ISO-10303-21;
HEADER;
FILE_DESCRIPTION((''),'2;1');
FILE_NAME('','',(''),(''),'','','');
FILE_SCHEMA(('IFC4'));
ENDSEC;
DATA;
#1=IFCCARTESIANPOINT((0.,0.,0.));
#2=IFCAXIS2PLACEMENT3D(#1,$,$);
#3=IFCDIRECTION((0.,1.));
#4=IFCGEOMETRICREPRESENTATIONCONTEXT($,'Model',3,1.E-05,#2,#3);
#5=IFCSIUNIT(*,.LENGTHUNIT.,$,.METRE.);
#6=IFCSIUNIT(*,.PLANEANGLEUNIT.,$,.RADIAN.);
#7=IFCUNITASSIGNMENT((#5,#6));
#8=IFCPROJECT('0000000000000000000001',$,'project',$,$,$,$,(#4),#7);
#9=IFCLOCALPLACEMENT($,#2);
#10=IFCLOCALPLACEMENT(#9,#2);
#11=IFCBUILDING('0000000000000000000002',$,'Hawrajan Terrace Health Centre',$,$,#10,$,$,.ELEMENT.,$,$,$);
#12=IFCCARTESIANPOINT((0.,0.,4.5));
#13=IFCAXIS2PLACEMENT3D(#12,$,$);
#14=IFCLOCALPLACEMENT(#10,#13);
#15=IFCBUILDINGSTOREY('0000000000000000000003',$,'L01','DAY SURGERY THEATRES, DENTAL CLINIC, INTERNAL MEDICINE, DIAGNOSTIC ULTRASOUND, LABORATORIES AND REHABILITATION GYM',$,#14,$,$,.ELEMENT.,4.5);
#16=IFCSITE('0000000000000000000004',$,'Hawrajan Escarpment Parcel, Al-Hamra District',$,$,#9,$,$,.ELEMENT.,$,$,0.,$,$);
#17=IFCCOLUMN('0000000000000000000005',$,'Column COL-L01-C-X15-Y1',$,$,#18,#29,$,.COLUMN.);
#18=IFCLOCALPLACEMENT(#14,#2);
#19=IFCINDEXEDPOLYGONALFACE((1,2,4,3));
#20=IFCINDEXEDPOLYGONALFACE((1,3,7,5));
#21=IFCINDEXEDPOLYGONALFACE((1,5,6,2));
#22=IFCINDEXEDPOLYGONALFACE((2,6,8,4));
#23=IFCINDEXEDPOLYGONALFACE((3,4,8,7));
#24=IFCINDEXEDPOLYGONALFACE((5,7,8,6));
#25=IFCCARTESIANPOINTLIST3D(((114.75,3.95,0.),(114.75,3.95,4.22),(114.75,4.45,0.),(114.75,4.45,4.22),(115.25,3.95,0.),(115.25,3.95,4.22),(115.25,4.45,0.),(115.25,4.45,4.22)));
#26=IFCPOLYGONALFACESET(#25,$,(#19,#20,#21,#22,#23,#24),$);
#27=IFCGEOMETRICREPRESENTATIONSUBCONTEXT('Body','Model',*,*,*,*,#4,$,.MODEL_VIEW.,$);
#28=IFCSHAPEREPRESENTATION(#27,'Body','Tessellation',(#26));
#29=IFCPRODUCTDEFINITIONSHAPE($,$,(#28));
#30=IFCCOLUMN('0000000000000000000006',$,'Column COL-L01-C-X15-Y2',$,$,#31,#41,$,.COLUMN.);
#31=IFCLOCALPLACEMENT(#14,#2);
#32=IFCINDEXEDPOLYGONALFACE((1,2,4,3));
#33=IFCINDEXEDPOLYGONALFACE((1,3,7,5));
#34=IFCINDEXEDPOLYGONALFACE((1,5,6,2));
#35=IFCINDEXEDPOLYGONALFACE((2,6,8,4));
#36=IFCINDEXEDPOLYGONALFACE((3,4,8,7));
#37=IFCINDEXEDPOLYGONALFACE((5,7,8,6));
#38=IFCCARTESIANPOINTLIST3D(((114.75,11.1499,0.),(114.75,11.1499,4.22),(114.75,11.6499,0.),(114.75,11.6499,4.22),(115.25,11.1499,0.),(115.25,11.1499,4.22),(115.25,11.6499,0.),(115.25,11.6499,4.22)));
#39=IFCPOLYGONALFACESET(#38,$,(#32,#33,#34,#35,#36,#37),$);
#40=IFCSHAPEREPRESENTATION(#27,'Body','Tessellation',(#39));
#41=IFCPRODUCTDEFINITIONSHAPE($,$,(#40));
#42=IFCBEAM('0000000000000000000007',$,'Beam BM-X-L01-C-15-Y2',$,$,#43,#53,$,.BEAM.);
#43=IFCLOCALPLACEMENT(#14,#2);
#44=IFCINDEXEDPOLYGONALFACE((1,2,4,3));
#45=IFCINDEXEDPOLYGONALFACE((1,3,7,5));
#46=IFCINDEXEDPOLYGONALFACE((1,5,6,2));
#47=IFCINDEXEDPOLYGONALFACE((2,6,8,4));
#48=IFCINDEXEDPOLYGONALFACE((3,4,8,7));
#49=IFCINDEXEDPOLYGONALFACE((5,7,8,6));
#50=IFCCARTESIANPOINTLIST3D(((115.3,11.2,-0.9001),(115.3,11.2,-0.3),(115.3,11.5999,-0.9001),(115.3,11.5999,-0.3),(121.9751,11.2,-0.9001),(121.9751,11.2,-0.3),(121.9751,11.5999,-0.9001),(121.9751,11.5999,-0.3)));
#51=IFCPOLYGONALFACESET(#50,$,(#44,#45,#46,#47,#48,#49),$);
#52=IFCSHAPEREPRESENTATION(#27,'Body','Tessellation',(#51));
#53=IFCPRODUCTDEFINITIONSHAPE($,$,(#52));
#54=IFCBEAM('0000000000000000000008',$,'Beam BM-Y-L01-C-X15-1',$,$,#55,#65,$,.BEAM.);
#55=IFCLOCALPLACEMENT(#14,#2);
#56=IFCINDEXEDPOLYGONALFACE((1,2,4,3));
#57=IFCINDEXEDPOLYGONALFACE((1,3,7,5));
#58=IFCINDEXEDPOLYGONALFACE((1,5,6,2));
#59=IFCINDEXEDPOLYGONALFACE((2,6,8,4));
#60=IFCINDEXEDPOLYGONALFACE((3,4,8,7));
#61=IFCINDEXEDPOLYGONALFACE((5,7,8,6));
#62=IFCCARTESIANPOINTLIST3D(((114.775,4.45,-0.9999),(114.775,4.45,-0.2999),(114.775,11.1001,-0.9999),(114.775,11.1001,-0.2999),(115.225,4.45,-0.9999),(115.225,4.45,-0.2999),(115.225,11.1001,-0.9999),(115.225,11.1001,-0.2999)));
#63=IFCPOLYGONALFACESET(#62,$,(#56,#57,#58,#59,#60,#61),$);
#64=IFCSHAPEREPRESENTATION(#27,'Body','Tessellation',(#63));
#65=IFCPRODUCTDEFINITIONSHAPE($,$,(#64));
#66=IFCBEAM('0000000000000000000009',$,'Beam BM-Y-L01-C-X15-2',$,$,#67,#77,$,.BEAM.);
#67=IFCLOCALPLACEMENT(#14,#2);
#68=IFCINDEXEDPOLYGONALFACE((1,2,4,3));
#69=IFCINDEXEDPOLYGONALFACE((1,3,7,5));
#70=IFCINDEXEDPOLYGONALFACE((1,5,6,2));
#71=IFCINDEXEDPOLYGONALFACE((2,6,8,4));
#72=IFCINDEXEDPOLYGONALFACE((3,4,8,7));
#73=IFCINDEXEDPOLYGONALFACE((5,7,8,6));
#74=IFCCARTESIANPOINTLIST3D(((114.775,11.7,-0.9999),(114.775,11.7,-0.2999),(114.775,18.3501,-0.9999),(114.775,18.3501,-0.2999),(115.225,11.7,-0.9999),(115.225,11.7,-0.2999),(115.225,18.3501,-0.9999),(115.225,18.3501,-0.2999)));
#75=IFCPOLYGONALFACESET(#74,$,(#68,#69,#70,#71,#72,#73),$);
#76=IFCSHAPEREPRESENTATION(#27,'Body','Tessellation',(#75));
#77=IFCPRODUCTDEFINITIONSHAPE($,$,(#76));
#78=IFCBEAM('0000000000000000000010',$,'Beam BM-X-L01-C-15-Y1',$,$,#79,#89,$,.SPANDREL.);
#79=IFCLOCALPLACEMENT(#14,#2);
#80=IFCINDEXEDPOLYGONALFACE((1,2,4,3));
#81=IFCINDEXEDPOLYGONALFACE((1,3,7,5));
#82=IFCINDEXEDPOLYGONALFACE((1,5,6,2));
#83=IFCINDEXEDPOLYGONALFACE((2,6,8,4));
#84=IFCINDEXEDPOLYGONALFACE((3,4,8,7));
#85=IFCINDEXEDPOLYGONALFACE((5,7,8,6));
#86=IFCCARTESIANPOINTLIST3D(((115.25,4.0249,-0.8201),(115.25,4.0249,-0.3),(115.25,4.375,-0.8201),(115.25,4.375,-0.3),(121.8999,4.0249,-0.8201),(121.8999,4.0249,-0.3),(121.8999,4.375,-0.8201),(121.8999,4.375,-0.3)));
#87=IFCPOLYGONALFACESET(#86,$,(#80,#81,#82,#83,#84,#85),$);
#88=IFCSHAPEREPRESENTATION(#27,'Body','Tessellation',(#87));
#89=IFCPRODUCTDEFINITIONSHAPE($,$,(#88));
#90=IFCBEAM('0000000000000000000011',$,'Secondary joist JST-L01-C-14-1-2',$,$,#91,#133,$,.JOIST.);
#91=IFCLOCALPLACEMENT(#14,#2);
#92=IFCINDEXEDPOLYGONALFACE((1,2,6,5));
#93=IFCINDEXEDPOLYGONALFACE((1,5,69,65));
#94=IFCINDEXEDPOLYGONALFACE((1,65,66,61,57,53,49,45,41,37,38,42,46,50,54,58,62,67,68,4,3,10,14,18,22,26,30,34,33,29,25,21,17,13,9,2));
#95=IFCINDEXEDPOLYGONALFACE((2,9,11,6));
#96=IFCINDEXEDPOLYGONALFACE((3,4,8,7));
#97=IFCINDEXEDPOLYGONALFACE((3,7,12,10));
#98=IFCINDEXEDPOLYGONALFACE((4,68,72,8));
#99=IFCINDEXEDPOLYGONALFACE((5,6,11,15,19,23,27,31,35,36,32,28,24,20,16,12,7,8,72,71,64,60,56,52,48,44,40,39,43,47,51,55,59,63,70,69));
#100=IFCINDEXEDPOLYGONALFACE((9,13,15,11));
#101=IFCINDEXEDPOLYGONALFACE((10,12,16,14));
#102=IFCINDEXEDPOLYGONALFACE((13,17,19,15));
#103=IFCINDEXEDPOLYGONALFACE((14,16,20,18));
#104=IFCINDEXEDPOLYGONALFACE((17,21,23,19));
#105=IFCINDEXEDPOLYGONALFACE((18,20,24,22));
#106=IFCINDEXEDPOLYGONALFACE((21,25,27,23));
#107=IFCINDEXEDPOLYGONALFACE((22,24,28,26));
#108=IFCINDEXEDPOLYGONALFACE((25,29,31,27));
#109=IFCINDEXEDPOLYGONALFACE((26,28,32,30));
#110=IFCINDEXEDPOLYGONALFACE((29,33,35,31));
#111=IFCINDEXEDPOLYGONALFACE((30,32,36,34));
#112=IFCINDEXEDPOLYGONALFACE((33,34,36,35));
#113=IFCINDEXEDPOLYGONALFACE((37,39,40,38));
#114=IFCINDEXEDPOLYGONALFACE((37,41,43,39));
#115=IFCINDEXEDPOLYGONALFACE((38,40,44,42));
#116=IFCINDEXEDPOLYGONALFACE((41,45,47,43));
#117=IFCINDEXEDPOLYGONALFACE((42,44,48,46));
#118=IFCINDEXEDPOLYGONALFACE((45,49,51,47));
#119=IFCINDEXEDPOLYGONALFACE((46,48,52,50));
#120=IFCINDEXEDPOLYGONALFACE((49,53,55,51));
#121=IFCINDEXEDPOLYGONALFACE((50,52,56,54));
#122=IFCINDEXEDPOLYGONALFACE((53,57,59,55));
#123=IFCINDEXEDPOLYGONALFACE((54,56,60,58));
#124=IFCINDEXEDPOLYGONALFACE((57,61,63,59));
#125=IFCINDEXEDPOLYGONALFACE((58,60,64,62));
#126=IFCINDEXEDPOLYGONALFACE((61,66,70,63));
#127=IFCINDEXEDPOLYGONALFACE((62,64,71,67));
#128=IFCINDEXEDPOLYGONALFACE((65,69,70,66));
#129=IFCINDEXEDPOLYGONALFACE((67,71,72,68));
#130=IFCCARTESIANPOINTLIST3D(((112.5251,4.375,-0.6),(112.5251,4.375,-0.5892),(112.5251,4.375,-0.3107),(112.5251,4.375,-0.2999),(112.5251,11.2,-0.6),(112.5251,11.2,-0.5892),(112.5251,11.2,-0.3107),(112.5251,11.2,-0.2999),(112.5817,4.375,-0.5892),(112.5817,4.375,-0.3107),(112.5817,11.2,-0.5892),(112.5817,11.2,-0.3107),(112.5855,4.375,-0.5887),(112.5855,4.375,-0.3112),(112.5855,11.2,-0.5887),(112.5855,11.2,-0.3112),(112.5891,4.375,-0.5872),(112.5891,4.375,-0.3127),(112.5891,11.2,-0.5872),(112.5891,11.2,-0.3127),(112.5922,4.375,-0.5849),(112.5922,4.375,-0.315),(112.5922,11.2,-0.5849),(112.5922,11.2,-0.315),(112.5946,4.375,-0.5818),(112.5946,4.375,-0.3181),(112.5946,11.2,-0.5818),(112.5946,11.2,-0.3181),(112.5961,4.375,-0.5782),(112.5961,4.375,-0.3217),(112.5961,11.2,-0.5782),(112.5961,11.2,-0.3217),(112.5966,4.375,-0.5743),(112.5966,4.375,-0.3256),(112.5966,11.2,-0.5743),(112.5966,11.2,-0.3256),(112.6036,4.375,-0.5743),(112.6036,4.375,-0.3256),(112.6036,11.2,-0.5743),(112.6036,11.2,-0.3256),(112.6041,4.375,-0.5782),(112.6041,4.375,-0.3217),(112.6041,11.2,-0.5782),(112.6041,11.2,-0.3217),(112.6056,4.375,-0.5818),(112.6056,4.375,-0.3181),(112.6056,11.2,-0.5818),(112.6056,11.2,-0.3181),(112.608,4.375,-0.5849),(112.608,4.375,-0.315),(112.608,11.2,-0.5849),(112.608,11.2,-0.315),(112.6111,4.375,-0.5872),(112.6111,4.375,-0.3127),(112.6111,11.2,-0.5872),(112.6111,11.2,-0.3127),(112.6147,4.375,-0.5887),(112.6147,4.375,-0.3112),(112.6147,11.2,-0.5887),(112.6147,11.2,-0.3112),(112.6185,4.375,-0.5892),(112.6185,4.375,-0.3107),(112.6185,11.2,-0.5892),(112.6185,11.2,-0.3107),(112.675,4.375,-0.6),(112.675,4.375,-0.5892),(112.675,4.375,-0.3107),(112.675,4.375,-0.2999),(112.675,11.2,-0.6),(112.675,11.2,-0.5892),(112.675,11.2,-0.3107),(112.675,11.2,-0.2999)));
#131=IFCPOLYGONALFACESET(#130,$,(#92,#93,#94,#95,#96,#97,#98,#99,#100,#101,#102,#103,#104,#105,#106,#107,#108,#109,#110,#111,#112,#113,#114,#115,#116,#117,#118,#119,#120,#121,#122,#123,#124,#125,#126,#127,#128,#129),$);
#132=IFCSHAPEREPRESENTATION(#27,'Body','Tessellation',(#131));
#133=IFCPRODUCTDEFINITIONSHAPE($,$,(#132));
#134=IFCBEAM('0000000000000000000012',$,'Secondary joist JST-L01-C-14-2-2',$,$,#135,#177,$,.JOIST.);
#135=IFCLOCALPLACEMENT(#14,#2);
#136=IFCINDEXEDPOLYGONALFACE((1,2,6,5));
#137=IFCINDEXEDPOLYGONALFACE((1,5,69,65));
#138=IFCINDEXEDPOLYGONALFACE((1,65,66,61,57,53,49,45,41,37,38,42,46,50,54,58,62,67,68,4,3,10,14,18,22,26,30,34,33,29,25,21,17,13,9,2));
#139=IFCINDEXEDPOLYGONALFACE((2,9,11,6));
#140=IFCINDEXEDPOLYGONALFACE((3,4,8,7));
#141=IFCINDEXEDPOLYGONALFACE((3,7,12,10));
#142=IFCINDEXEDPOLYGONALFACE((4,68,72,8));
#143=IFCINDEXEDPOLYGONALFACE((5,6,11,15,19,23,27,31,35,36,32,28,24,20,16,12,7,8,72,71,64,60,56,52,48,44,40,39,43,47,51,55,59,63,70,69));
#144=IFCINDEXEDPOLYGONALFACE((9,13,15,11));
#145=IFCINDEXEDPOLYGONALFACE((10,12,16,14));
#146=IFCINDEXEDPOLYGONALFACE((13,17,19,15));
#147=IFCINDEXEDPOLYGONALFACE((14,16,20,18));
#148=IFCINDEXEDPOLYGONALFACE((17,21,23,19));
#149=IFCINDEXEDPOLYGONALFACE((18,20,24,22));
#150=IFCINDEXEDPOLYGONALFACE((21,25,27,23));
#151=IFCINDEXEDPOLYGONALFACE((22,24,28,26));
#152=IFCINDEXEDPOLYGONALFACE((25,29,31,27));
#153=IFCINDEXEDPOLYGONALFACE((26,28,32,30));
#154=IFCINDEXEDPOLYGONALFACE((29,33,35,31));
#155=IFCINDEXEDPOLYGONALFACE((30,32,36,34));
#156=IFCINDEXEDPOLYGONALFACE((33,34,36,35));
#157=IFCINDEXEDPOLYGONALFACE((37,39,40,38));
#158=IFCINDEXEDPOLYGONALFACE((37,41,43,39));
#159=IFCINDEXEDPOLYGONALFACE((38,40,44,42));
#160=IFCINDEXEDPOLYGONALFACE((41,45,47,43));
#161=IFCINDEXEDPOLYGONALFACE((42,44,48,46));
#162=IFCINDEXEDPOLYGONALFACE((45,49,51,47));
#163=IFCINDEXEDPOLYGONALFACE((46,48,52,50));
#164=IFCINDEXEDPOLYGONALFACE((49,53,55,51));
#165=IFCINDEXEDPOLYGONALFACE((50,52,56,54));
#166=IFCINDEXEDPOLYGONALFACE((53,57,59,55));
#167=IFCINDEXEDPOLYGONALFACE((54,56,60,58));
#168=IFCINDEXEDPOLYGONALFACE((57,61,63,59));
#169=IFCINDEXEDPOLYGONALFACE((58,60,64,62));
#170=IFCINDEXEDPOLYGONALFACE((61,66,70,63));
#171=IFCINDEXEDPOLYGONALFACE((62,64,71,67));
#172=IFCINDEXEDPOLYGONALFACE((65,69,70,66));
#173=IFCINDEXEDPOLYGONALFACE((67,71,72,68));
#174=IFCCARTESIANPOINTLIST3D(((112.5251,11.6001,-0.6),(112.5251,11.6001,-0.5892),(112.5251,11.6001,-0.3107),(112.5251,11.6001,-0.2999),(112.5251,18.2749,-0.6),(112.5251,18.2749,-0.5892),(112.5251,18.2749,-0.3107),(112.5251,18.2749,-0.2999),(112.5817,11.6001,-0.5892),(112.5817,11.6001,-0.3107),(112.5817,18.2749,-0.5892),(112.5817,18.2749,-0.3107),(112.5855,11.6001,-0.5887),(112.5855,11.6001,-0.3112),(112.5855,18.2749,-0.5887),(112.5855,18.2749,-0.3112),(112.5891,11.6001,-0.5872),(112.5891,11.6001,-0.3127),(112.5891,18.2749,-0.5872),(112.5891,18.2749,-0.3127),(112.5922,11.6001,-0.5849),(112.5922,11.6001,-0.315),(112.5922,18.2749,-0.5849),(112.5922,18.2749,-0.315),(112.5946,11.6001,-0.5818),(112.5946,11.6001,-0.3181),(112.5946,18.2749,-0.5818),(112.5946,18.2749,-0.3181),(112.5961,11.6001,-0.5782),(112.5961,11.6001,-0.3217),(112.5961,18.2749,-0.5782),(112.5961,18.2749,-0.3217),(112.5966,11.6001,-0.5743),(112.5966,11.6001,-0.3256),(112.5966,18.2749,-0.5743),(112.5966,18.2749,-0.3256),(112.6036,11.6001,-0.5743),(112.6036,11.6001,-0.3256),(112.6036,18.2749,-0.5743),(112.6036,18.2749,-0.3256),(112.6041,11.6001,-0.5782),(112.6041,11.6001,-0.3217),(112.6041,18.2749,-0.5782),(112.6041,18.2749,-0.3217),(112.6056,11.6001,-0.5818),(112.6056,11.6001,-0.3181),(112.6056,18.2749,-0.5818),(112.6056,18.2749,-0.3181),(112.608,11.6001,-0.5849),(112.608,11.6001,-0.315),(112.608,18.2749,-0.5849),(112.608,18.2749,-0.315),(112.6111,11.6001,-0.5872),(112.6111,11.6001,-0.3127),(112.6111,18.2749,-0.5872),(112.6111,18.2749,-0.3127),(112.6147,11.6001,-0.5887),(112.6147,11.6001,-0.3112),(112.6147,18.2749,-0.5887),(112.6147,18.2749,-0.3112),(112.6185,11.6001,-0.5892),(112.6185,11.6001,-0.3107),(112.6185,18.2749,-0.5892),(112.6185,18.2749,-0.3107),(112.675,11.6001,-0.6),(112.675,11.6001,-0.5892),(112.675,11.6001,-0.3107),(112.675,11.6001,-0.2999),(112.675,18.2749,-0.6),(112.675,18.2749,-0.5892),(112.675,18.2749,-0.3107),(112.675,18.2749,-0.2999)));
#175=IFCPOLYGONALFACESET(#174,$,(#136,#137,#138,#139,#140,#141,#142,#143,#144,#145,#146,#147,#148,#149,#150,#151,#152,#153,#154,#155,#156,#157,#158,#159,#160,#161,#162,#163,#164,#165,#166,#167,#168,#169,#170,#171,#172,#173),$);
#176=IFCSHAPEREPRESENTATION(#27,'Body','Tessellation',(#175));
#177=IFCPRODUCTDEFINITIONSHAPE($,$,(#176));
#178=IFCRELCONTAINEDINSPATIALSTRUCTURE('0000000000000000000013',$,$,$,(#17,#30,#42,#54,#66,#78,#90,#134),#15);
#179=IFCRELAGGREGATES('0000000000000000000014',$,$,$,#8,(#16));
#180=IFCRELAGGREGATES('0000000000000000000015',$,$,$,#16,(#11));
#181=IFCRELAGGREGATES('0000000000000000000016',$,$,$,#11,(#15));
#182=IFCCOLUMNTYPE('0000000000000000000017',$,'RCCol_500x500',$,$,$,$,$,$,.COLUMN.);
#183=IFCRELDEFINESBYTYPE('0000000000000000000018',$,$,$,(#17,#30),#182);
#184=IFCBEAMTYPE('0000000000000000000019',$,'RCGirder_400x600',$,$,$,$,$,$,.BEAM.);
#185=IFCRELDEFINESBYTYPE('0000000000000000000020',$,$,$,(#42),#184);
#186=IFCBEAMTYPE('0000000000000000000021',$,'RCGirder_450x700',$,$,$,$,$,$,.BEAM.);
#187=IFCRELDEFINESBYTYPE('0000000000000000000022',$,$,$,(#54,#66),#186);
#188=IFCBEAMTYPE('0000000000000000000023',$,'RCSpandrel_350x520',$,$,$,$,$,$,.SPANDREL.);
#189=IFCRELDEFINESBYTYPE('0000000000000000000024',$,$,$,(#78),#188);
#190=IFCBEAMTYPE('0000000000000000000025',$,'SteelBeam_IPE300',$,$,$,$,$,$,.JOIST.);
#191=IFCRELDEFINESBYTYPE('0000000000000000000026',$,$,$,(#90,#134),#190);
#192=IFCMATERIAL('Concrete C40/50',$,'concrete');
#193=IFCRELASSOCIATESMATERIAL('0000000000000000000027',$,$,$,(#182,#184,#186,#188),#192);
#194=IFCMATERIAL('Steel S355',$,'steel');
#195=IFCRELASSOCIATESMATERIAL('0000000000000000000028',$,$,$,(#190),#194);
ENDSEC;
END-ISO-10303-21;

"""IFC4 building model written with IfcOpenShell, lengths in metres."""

from ifc_helpers import new_model, si_unit, direction, frame, origin, origin_2d, place, context, subcontext, project, spatial, rectangle, i_section, extrude, material, material_profile, profile_set, type_object, element, save


model = new_model("IFC4")

# Units and contexts
model_context = context("Model", 3, precision=1e-05, world=origin(), true_north=direction((0.0, 1.0)))
body_context = subcontext(model_context, "Body", "Model", "MODEL_VIEW")
ifc_project = project(units=[si_unit("LENGTHUNIT", "METRE"), si_unit("PLANEANGLEUNIT", "RADIAN")], contexts=[model_context])

# Site, building, storey
site_placement = place(None, origin())
site = spatial("IfcSite", under=ifc_project, at=site_placement, Name="Hawrajan Escarpment Parcel, Al-Hamra District", CompositionType="ELEMENT", RefElevation=0.0)
building_placement = place(site_placement, origin())
building = spatial("IfcBuilding", under=site, at=building_placement, Name="Hawrajan Terrace Health Centre", CompositionType="ELEMENT")
storey_placement = place(building_placement, frame((0.0, 0.0, 4.5)))
storey = spatial("IfcBuildingStorey", under=building, at=storey_placement, Name="L01", Description="DAY SURGERY THEATRES, DENTAL CLINIC, INTERNAL MEDICINE, DIAGNOSTIC ULTRASOUND, LABORATORIES AND REHABILITATION GYM", CompositionType="ELEMENT", Elevation=4.5)

# Columns
ifc_material_1 = material(Name="Concrete C40/50", Category="concrete")
ifc_material_profile_1 = material_profile(ifc_material_1, rectangle(XDim=0.5, YDim=0.5, at=origin_2d()), Name="RC 500x500")
ifc_profile_set_1 = profile_set([ifc_material_profile_1], Name="Concrete C40/50")
column_type = type_object("IfcColumnType", Name="RCCol_500x500", PredefinedType="COLUMN", material=ifc_profile_set_1)
for number, where, z_axis, x_axis, name in (
    (1, (115.0, 4.2, 0.0), (0.0, 0.0, 1.0), (1.0, 0.0, 0.0), "Column COL-L01-C-X15-Y1"),
    (2, (115.0, 11.3999, 0.0), (0.0, 0.0, 1.0), (1.0, 0.0, 0.0), "Column COL-L01-C-X15-Y2"),
):
    element("IfcColumn", number, at=place(storey_placement, frame(where, z_axis=z_axis, x_axis=x_axis)), inside=storey, type_object=column_type, Name=name, PredefinedType="COLUMN", context=body_context, shape_type="SweptSolid", body=[
        extrude(rectangle(XDim=0.5, YDim=0.5, at=origin_2d()), origin(), (0.0, 0.0, 1.0), 4.22),
    ])

# Beams
ifc_material_profile_2 = material_profile(ifc_material_1, rectangle(XDim=0.3999, YDim=0.6001, at=origin_2d()), Name="RC BM 400x600")
ifc_profile_set_2 = profile_set([ifc_material_profile_2], Name="Concrete C40/50")
beam_type_1 = type_object("IfcBeamType", Name="RCGirder_400x600", PredefinedType="BEAM", material=ifc_profile_set_2)
beam_1_placement = place(storey_placement, frame((115.3, 11.3999, -0.6001), z_axis=(1.0, 0.0, 0.0), x_axis=(0.0, 1.0, 0.0)))
element("IfcBeam", 3, at=beam_1_placement, inside=storey, type_object=beam_type_1, Name="Beam BM-X-L01-C-15-Y2", PredefinedType="BEAM", context=body_context, shape_type="SweptSolid", body=[
    extrude(rectangle(XDim=0.3999, YDim=0.6001, at=origin_2d()), origin(), (0.0, 0.0, 1.0), 6.675),
])
ifc_material_profile_3 = material_profile(ifc_material_1, rectangle(XDim=0.45, YDim=0.7, at=origin_2d()), Name="RC BM 450x700")
ifc_profile_set_3 = profile_set([ifc_material_profile_3], Name="Concrete C40/50")
beam_type_2 = type_object("IfcBeamType", Name="RCGirder_450x700", PredefinedType="BEAM", material=ifc_profile_set_3)
for number, where, z_axis, x_axis, name in (
    (4, (115.0, 4.45, -0.6499), (0.0, 1.0, 0.0), (-1.0, 0.0, 0.0), "Beam BM-Y-L01-C-X15-1"),
    (5, (115.0, 11.7, -0.6499), (0.0, 1.0, 0.0), (-1.0, 0.0, 0.0), "Beam BM-Y-L01-C-X15-2"),
):
    element("IfcBeam", number, at=place(storey_placement, frame(where, z_axis=z_axis, x_axis=x_axis)), inside=storey, type_object=beam_type_2, Name=name, PredefinedType="BEAM", context=body_context, shape_type="SweptSolid", body=[
        extrude(rectangle(XDim=0.45, YDim=0.7, at=origin_2d()), origin(), (0.0, 0.0, 1.0), 6.6501),
    ])
ifc_material_profile_4 = material_profile(ifc_material_1, rectangle(XDim=0.3501, YDim=0.52, at=origin_2d()), Name="RC SP 350x520")
ifc_profile_set_4 = profile_set([ifc_material_profile_4], Name="Concrete C40/50")
beam_type_3 = type_object("IfcBeamType", Name="RCSpandrel_350x520", PredefinedType="SPANDREL", material=ifc_profile_set_4)
beam_2_placement = place(storey_placement, frame((115.25, 4.2, -0.5601), z_axis=(1.0, 0.0, 0.0), x_axis=(0.0, 1.0, 0.0)))
element("IfcBeam", 6, at=beam_2_placement, inside=storey, type_object=beam_type_3, Name="Beam BM-X-L01-C-15-Y1", PredefinedType="SPANDREL", context=body_context, shape_type="SweptSolid", body=[
    extrude(rectangle(XDim=0.3501, YDim=0.52, at=origin_2d()), origin(), (0.0, 0.0, 1.0), 6.6499),
])
ifc_material_2 = material(Name="Steel S355", Category="steel")
ifc_material_profile_5 = material_profile(ifc_material_2, i_section(OverallWidth=0.1499, OverallDepth=0.3, WebThickness=0.0071, FlangeThickness=0.0107, FilletRadius=0.0149, at=origin_2d()), Name="IPE 300")
ifc_profile_set_5 = profile_set([ifc_material_profile_5], Name="Steel S355")
beam_type_4 = type_object("IfcBeamType", Name="SteelBeam_IPE300", PredefinedType="JOIST", material=ifc_profile_set_5)
beam_3_placement = place(storey_placement, frame((112.6001, 4.375, -0.45), z_axis=(0.0, 1.0, 0.0), x_axis=(-1.0, 0.0, 0.0)))
element("IfcBeam", 7, at=beam_3_placement, inside=storey, type_object=beam_type_4, Name="Secondary joist JST-L01-C-14-1-2", PredefinedType="JOIST", context=body_context, shape_type="SweptSolid", body=[
    extrude(i_section(OverallWidth=0.1499, OverallDepth=0.3, WebThickness=0.0071, FlangeThickness=0.0107, FilletRadius=0.0149, at=origin_2d()), origin(), (0.0, 0.0, 1.0), 6.825),
])
for number, where, z_axis, x_axis, name in (
    (8, (112.6001, 11.6001, -0.45), (0.0, 1.0, 0.0), (-1.0, 0.0, 0.0), "Secondary joist JST-L01-C-14-2-2"),
):
    element("IfcBeam", number, at=place(storey_placement, frame(where, z_axis=z_axis, x_axis=x_axis)), inside=storey, type_object=beam_type_4, Name=name, PredefinedType="JOIST", context=body_context, shape_type="SweptSolid", body=[
        extrude(i_section(OverallWidth=0.1499, OverallDepth=0.3, WebThickness=0.0071, FlangeThickness=0.0107, FilletRadius=0.0149, at=origin_2d()), origin(), (0.0, 0.0, 1.0), 6.6748),
    ])

save(model, "model.ifc")
